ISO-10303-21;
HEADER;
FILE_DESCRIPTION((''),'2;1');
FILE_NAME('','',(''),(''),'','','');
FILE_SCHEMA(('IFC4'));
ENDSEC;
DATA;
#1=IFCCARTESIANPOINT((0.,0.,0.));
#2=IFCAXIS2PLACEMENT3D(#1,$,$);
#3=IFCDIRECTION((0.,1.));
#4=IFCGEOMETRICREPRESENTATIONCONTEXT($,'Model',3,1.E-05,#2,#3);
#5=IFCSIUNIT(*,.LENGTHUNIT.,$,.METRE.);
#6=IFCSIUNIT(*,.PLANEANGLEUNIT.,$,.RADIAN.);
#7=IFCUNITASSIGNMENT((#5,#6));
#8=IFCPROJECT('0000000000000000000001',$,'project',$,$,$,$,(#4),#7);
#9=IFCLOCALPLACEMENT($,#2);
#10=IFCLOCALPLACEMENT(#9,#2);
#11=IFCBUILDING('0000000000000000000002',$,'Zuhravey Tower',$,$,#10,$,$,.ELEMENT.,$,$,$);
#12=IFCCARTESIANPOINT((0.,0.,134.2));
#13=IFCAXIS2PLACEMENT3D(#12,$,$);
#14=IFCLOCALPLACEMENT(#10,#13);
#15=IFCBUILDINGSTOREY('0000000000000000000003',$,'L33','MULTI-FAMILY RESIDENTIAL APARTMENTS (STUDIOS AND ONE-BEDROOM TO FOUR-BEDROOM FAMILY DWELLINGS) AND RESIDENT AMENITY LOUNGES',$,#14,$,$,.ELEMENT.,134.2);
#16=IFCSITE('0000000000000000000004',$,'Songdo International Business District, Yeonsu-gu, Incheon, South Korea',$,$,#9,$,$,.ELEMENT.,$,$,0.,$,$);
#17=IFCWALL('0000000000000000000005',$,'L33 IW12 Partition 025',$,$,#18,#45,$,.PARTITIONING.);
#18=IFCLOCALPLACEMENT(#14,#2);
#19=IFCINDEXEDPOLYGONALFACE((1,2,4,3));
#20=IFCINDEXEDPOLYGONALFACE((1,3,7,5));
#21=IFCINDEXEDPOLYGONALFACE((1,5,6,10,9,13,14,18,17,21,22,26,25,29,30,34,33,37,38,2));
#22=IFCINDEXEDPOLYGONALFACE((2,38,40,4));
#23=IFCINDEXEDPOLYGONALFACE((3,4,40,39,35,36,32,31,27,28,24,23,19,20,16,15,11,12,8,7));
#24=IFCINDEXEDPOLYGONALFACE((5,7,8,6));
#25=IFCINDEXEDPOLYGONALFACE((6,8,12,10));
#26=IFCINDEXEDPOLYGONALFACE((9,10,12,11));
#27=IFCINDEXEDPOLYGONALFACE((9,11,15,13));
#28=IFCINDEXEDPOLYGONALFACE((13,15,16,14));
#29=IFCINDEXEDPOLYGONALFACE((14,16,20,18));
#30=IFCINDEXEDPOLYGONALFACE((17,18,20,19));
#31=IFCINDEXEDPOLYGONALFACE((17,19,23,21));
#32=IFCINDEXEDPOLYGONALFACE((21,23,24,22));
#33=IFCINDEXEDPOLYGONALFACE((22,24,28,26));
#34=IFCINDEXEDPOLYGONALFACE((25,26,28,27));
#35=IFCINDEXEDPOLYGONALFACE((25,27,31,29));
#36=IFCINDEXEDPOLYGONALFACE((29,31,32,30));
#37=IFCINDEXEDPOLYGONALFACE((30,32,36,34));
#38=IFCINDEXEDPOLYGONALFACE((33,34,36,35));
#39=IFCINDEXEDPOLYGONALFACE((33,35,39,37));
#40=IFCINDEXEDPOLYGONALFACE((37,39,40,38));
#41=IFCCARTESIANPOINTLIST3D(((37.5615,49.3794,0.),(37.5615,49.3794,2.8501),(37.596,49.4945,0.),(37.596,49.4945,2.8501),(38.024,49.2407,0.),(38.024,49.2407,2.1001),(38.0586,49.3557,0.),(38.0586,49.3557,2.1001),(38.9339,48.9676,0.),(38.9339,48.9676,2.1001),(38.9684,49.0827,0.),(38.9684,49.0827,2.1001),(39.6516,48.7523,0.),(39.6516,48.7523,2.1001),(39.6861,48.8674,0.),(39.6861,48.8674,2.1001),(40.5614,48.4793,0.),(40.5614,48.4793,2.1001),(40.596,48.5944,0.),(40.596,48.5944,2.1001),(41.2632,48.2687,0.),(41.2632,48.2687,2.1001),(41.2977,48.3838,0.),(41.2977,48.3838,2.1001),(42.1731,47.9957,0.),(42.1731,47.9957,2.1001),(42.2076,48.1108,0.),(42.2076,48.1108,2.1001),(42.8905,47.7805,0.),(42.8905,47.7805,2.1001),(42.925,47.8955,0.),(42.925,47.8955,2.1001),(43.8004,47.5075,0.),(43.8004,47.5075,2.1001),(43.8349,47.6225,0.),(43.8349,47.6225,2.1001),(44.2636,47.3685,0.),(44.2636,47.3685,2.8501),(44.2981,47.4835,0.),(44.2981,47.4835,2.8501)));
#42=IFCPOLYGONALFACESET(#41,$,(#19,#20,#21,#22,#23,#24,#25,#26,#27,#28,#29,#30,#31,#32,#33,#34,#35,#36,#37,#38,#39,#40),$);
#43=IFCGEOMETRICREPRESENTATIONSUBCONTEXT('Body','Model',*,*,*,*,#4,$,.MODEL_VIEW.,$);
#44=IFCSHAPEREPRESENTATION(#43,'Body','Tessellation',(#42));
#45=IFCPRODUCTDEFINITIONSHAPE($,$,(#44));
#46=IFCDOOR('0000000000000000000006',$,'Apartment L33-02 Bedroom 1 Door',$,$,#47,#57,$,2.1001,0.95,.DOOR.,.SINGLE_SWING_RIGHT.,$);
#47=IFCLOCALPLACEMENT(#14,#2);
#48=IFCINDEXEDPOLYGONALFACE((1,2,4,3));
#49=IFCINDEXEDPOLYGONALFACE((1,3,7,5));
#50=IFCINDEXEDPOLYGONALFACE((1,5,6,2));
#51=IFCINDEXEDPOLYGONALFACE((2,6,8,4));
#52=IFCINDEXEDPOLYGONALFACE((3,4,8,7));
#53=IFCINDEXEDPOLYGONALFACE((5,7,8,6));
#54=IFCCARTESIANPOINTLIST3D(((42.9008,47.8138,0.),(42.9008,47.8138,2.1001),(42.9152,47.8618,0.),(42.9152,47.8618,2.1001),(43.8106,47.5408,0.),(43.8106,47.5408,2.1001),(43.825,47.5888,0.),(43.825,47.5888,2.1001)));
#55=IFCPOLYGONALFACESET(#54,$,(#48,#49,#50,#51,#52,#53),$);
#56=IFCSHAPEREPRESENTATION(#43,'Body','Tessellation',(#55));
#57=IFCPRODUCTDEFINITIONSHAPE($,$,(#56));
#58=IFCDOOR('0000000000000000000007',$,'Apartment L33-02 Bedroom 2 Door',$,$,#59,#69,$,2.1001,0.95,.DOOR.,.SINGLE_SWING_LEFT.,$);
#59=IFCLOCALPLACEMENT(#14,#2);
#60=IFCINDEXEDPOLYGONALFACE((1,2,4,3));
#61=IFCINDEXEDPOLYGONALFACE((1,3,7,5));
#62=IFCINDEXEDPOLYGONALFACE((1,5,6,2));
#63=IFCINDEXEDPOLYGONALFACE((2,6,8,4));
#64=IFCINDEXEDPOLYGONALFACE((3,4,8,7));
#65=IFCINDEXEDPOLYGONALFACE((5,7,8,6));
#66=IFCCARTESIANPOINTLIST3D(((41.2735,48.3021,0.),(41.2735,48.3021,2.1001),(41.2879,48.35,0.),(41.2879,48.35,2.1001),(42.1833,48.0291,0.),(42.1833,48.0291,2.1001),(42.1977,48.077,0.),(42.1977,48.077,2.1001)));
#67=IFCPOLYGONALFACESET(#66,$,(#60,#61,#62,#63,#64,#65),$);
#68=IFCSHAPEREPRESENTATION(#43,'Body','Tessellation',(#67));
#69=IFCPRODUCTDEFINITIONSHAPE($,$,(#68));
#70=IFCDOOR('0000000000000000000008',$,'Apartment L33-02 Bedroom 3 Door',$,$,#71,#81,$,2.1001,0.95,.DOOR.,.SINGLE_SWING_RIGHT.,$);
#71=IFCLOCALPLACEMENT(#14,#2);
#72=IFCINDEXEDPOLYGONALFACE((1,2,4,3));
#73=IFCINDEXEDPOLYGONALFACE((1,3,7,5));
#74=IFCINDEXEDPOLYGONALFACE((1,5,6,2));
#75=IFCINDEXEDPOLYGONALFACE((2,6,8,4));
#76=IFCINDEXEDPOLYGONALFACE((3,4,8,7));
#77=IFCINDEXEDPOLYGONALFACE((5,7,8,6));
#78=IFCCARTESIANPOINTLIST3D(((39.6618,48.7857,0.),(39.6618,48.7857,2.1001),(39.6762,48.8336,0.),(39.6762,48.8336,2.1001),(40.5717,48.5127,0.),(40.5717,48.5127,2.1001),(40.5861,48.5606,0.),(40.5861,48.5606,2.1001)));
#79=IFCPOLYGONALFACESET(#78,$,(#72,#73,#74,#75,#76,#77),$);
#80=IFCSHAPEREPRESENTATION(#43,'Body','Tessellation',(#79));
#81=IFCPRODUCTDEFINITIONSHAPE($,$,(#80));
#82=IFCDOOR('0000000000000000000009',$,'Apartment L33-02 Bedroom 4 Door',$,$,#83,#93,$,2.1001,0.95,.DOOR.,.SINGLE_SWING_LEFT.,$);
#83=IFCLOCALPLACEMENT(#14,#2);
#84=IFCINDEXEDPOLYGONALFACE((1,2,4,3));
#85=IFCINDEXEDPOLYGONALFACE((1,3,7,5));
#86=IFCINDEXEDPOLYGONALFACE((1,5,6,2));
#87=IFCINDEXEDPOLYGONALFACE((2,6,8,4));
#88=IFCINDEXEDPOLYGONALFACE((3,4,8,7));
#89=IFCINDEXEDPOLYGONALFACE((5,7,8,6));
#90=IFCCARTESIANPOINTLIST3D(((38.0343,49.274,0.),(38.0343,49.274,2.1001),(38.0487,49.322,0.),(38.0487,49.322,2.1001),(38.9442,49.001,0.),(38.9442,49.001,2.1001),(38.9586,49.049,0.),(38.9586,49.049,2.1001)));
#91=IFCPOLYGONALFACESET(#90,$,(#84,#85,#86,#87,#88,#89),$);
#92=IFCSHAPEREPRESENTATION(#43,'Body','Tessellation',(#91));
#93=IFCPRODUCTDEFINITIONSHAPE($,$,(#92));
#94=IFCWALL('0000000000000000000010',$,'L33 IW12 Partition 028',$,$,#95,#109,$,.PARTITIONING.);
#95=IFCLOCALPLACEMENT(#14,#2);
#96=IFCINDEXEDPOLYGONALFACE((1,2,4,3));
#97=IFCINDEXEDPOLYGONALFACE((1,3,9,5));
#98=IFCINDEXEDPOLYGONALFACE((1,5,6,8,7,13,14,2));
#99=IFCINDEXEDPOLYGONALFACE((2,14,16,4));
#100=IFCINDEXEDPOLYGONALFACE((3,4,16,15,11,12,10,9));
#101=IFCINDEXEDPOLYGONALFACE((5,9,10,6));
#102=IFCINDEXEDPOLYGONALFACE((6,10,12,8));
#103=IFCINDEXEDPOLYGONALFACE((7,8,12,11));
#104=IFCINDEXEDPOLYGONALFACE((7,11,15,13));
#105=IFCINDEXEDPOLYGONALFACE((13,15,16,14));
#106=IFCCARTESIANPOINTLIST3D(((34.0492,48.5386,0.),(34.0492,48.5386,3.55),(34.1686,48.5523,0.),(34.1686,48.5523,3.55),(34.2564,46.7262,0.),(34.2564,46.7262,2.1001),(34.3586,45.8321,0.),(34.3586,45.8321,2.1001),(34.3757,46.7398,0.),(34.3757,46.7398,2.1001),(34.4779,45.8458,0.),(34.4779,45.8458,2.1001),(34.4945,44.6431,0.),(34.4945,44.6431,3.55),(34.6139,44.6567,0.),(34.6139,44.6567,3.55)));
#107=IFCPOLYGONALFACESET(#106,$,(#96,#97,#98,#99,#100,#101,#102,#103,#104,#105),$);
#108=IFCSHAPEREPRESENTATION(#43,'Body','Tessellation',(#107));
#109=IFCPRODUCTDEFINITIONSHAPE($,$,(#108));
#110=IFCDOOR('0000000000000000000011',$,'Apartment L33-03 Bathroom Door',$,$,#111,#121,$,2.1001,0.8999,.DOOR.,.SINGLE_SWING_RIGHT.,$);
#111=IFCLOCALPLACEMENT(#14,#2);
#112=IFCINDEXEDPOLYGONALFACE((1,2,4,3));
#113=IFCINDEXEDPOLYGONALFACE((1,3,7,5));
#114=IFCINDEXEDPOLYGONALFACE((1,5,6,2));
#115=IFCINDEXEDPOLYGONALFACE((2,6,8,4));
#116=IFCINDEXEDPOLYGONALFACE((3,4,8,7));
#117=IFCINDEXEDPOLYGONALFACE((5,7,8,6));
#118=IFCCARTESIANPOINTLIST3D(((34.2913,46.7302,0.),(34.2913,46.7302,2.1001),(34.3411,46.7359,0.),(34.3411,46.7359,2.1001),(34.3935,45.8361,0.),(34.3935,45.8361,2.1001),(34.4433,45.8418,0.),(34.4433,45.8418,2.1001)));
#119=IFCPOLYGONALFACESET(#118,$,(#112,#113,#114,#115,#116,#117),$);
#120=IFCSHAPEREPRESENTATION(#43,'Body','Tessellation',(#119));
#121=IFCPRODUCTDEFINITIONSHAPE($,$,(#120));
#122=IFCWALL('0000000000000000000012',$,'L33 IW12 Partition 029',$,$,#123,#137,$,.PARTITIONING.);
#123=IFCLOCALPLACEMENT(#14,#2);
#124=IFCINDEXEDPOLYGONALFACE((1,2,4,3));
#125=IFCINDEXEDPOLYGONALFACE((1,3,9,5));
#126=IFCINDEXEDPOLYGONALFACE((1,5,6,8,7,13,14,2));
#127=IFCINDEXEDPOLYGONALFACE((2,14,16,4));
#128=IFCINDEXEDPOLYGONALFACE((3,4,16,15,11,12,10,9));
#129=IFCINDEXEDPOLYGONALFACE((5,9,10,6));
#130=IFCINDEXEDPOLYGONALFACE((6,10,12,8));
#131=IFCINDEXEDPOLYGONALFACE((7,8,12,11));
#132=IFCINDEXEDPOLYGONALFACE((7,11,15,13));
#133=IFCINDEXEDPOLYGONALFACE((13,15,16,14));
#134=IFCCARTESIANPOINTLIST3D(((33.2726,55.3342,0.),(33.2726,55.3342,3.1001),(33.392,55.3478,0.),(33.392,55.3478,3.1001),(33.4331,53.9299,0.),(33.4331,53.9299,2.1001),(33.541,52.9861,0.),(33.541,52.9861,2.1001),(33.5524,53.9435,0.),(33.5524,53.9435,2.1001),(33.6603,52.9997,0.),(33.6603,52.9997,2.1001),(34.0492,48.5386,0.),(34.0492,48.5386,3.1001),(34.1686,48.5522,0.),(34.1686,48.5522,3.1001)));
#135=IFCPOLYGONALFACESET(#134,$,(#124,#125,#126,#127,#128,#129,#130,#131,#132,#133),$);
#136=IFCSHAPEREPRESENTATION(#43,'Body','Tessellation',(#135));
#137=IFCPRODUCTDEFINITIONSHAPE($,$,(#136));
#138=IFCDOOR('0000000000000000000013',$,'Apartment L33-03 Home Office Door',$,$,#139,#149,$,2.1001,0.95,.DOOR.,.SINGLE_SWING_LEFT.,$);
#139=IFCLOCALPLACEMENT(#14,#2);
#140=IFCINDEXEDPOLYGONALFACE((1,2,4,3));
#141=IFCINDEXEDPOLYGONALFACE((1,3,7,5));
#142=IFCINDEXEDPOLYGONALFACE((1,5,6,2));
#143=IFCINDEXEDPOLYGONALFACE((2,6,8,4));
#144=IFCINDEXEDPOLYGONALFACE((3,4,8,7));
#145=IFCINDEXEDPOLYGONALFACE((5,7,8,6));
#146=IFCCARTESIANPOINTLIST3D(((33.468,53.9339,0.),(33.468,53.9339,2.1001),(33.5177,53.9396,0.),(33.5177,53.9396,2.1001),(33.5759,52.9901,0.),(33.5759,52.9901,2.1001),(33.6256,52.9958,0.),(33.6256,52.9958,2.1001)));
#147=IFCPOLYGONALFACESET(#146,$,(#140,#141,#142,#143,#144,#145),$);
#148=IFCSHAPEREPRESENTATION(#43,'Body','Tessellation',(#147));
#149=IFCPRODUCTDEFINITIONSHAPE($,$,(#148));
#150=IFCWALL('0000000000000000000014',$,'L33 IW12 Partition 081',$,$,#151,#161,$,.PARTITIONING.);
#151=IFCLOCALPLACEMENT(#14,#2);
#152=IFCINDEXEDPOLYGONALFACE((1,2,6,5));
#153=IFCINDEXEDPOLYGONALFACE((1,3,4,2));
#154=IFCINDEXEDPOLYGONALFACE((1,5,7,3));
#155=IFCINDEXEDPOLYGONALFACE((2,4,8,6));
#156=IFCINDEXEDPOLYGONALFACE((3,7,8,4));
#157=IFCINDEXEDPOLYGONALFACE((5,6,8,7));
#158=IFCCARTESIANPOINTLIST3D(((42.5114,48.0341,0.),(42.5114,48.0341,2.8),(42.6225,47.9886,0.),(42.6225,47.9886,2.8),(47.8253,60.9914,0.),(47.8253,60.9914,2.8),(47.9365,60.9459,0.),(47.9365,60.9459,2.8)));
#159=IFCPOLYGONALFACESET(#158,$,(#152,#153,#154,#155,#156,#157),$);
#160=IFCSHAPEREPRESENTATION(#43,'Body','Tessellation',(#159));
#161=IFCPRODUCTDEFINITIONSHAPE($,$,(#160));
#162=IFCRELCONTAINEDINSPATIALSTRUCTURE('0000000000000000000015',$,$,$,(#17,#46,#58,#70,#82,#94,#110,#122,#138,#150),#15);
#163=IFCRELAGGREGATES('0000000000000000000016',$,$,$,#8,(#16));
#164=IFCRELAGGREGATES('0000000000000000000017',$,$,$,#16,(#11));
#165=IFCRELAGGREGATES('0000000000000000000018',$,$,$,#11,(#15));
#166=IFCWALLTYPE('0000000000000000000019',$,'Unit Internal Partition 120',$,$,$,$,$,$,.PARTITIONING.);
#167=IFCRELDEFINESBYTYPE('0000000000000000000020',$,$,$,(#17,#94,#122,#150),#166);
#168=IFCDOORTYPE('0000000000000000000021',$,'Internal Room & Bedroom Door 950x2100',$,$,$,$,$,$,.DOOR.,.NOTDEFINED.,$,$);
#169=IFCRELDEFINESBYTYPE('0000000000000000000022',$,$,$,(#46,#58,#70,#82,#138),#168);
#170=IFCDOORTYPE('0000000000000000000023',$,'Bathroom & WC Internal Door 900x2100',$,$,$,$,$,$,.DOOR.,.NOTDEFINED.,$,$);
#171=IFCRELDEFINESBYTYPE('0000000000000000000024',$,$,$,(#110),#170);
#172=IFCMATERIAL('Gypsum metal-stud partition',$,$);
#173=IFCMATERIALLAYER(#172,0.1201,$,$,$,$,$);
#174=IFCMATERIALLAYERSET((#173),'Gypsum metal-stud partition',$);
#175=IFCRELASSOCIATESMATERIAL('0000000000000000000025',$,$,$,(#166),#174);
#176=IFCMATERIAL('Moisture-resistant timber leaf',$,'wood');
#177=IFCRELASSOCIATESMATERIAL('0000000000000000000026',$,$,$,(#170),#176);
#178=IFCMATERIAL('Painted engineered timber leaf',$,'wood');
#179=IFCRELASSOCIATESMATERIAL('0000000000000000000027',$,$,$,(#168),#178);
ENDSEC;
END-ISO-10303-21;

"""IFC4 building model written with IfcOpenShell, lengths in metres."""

from ifc_helpers import new_model, si_unit, direction, frame, frame_2d, origin, place, context, subcontext, project, spatial, rectangle, extrude, material, layer, layer_set, type_object, element, fill, save


model = new_model("IFC4")

# Units and contexts
model_context = context("Model", 3, precision=1e-05, world=origin(), true_north=direction((0.0, 1.0)))
body_context = subcontext(model_context, "Body", "Model", "MODEL_VIEW")
ifc_project = project(units=[si_unit("LENGTHUNIT", "METRE"), si_unit("PLANEANGLEUNIT", "RADIAN")], contexts=[model_context])

# Site, building, storey
site_placement = place(None, origin())
site = spatial("IfcSite", under=ifc_project, at=site_placement, Name="Songdo International Business District, Yeonsu-gu, Incheon, South Korea", CompositionType="ELEMENT", RefElevation=0.0)
building_placement = place(site_placement, origin())
building = spatial("IfcBuilding", under=site, at=building_placement, Name="Zuhravey Tower", CompositionType="ELEMENT")
storey_placement = place(building_placement, frame((0.0, 0.0, 134.2)))
storey = spatial("IfcBuildingStorey", under=building, at=storey_placement, Name="L33", Description="MULTI-FAMILY RESIDENTIAL APARTMENTS (STUDIOS AND ONE-BEDROOM TO FOUR-BEDROOM FAMILY DWELLINGS) AND RESIDENT AMENITY LOUNGES", CompositionType="ELEMENT", Elevation=134.2)

# Wall, openings, doors
ifc_material_1 = material(Name="Gypsum metal-stud partition")
ifc_layer_1 = layer(ifc_material_1, 0.1201)
ifc_layer_set_1 = layer_set([ifc_layer_1], Name="Gypsum metal-stud partition")
wall_type_1 = type_object("IfcWallType", Name="Unit Internal Partition 120", PredefinedType="PARTITIONING", material=ifc_layer_set_1)
ifc_material_2 = material(Name="Moisture-resistant timber leaf", Category="wood")
door_type_1 = type_object("IfcDoorType", Name="Bathroom & WC Internal Door 900x2100", OperationType="NOTDEFINED", PredefinedType="DOOR", material=ifc_material_2)
ifc_material_3 = material(Name="Painted engineered timber leaf", Category="wood")
door_type_2 = type_object("IfcDoorType", Name="Internal Room & Bedroom Door 950x2100", OperationType="NOTDEFINED", PredefinedType="DOOR", material=ifc_material_3)
wall_1_placement = place(storey_placement, frame((44.2808, 47.426, 0.0), z_axis=(0.0, 0.0, 1.0), x_axis=(-0.957813, 0.287393, 0.0)))
wall_1 = element("IfcWall", 1, at=wall_1_placement, inside=storey, type_object=wall_type_1, Name="L33 IW12 Partition 025", PredefinedType="PARTITIONING", context=body_context, shape_type="SweptSolid", body=[
    extrude(rectangle(XDim=6.9973, YDim=0.1201, at=frame_2d((3.4985, 0.0))), origin(), (0.0, 0.0, 1.0), 2.8501),
])
opening_1_placement = place(wall_1_placement, frame((0.4834, 0.0, 0.0)))
opening_1 = element("IfcOpeningElement", 2, at=opening_1_placement, cuts=wall_1, PredefinedType="OPENING", context=body_context, shape_type="SweptSolid", body=[
    extrude(rectangle(XDim=0.95, YDim=2.1001, at=frame_2d((0.4751, 1.05))), frame((0.0, 0.072, 0.0), z_axis=(0.0, -1.0, 0.0), x_axis=(1.0, 0.0, 0.0)), (0.0, 0.0, 1.0), 0.144),
])
opening_2_placement = place(wall_1_placement, frame((2.1824, 0.0, 0.0)))
opening_2 = element("IfcOpeningElement", 3, at=opening_2_placement, cuts=wall_1, PredefinedType="OPENING", context=body_context, shape_type="SweptSolid", body=[
    extrude(rectangle(XDim=0.95, YDim=2.1001, at=frame_2d((0.4751, 1.05))), frame((0.0, 0.072, 0.0), z_axis=(0.0, -1.0, 0.0), x_axis=(1.0, 0.0, 0.0)), (0.0, 0.0, 1.0), 0.144),
])
opening_3_placement = place(wall_1_placement, frame((3.865, 0.0, 0.0)))
opening_3 = element("IfcOpeningElement", 4, at=opening_3_placement, cuts=wall_1, PredefinedType="OPENING", context=body_context, shape_type="SweptSolid", body=[
    extrude(rectangle(XDim=0.95, YDim=2.1001, at=frame_2d((0.4751, 1.05))), frame((0.0, 0.072, 0.0), z_axis=(0.0, -1.0, 0.0), x_axis=(1.0, 0.0, 0.0)), (0.0, 0.0, 1.0), 0.144),
])
opening_4_placement = place(wall_1_placement, frame((5.5642, 0.0, 0.0)))
opening_4 = element("IfcOpeningElement", 5, at=opening_4_placement, cuts=wall_1, PredefinedType="OPENING", context=body_context, shape_type="SweptSolid", body=[
    extrude(rectangle(XDim=0.95, YDim=2.1001, at=frame_2d((0.4751, 1.05))), frame((0.0, 0.072, 0.0), z_axis=(0.0, -1.0, 0.0), x_axis=(1.0, 0.0, 0.0)), (0.0, 0.0, 1.0), 0.144),
])
door_1_placement = place(opening_1_placement, frame((0.95, 0.0, 0.0), z_axis=(0.0, 0.0, 1.0), x_axis=(-1.0, 0.0, 0.0)))
door_1 = element("IfcDoor", 6, at=door_1_placement, inside=storey, type_object=door_type_2, Name="Apartment L33-02 Bedroom 1 Door", OperationType="SINGLE_SWING_RIGHT", OverallHeight=2.1001, OverallWidth=0.95, PredefinedType="DOOR", context=body_context, shape_type="SweptSolid", body=[
    extrude(rectangle(XDim=0.95, YDim=2.1001, at=frame_2d((0.4751, 1.05))), frame((0.0, 0.0249, 0.0), z_axis=(0.0, -1.0, 0.0), x_axis=(1.0, 0.0, 0.0)), (0.0, 0.0, 1.0), 0.05),
])
fill(opening_1, door_1)
door_2_placement = place(opening_2_placement, frame((0.95, 0.0, 0.0), z_axis=(0.0, 0.0, 1.0), x_axis=(-1.0, 0.0, 0.0)))
door_2 = element("IfcDoor", 7, at=door_2_placement, inside=storey, type_object=door_type_2, Name="Apartment L33-02 Bedroom 2 Door", OperationType="SINGLE_SWING_LEFT", OverallHeight=2.1001, OverallWidth=0.95, PredefinedType="DOOR", context=body_context, shape_type="SweptSolid", body=[
    extrude(rectangle(XDim=0.95, YDim=2.1001, at=frame_2d((0.4751, 1.05))), frame((0.0, 0.0249, 0.0), z_axis=(0.0, -1.0, 0.0), x_axis=(1.0, 0.0, 0.0)), (0.0, 0.0, 1.0), 0.05),
])
fill(opening_2, door_2)
door_3_placement = place(opening_3_placement, frame((0.95, 0.0, 0.0), z_axis=(0.0, 0.0, 1.0), x_axis=(-1.0, 0.0, 0.0)))
door_3 = element("IfcDoor", 8, at=door_3_placement, inside=storey, type_object=door_type_2, Name="Apartment L33-02 Bedroom 3 Door", OperationType="SINGLE_SWING_RIGHT", OverallHeight=2.1001, OverallWidth=0.95, PredefinedType="DOOR", context=body_context, shape_type="SweptSolid", body=[
    extrude(rectangle(XDim=0.95, YDim=2.1001, at=frame_2d((0.4751, 1.05))), frame((0.0, 0.0249, 0.0), z_axis=(0.0, -1.0, 0.0), x_axis=(1.0, 0.0, 0.0)), (0.0, 0.0, 1.0), 0.05),
])
fill(opening_3, door_3)
door_4_placement = place(opening_4_placement, frame((0.95, 0.0, 0.0), z_axis=(0.0, 0.0, 1.0), x_axis=(-1.0, 0.0, 0.0)))
door_4 = element("IfcDoor", 9, at=door_4_placement, inside=storey, type_object=door_type_2, Name="Apartment L33-02 Bedroom 4 Door", OperationType="SINGLE_SWING_LEFT", OverallHeight=2.1001, OverallWidth=0.95, PredefinedType="DOOR", context=body_context, shape_type="SweptSolid", body=[
    extrude(rectangle(XDim=0.95, YDim=2.1001, at=frame_2d((0.4751, 1.05))), frame((0.0, 0.0249, 0.0), z_axis=(0.0, -1.0, 0.0), x_axis=(1.0, 0.0, 0.0)), (0.0, 0.0, 1.0), 0.05),
])
fill(opening_4, door_4)

# Walls, openings, doors
wall_2_placement = place(storey_placement, frame((34.5542, 44.6499, 0.0), z_axis=(0.0, 0.0, 1.0), x_axis=(-0.113575, 0.993529, 0.0)))
wall_2 = element("IfcWall", 10, at=wall_2_placement, inside=storey, type_object=wall_type_1, Name="L33 IW12 Partition 028", PredefinedType="PARTITIONING", context=body_context, shape_type="SweptSolid", body=[
    extrude(rectangle(XDim=3.9209, YDim=0.1201, at=frame_2d((1.9604, 0.0))), origin(), (0.0, 0.0, 1.0), 3.55),
])
opening_5_placement = place(wall_2_placement, frame((1.1968, 0.0, 0.0)))
opening_5 = element("IfcOpeningElement", 11, at=opening_5_placement, cuts=wall_2, PredefinedType="OPENING", context=body_context, shape_type="SweptSolid", body=[
    extrude(rectangle(XDim=0.8999, YDim=2.1001, at=frame_2d((0.45, 1.05))), frame((0.0, 0.072, 0.0), z_axis=(0.0, -1.0, 0.0), x_axis=(1.0, 0.0, 0.0)), (0.0, 0.0, 1.0), 0.144),
])
door_5_placement = place(opening_5_placement, origin())
door_5 = element("IfcDoor", 12, at=door_5_placement, inside=storey, type_object=door_type_1, Name="Apartment L33-03 Bathroom Door", OperationType="SINGLE_SWING_RIGHT", OverallHeight=2.1001, OverallWidth=0.8999, PredefinedType="DOOR", context=body_context, shape_type="SweptSolid", body=[
    extrude(rectangle(XDim=0.8999, YDim=2.1001, at=frame_2d((0.45, 1.05))), frame((0.0, 0.0249, 0.0), z_axis=(0.0, -1.0, 0.0), x_axis=(1.0, 0.0, 0.0)), (0.0, 0.0, 1.0), 0.05),
])
fill(opening_5, door_5)
wall_3_placement = place(storey_placement, frame((34.1089, 48.5454, 0.0), z_axis=(0.0, 0.0, 1.0), x_axis=(-0.113542, 0.993533, 0.0)))
wall_3 = element("IfcWall", 13, at=wall_3_placement, inside=storey, type_object=wall_type_1, Name="L33 IW12 Partition 029", PredefinedType="PARTITIONING", context=body_context, shape_type="SweptSolid", body=[
    extrude(rectangle(XDim=6.8398, YDim=0.1201, at=frame_2d((3.4199, 0.0))), origin(), (0.0, 0.0, 1.0), 3.1001),
])
opening_6_placement = place(wall_3_placement, frame((4.4763, 0.0, 0.0)))
opening_6 = element("IfcOpeningElement", 14, at=opening_6_placement, cuts=wall_3, PredefinedType="OPENING", context=body_context, shape_type="SweptSolid", body=[
    extrude(rectangle(XDim=0.95, YDim=2.1001, at=frame_2d((0.4751, 1.05))), frame((0.0, 0.072, 0.0), z_axis=(0.0, -1.0, 0.0), x_axis=(1.0, 0.0, 0.0)), (0.0, 0.0, 1.0), 0.144),
])
door_6_placement = place(opening_6_placement, origin())
door_6 = element("IfcDoor", 15, at=door_6_placement, inside=storey, type_object=door_type_2, Name="Apartment L33-03 Home Office Door", OperationType="SINGLE_SWING_LEFT", OverallHeight=2.1001, OverallWidth=0.95, PredefinedType="DOOR", context=body_context, shape_type="SweptSolid", body=[
    extrude(rectangle(XDim=0.95, YDim=2.1001, at=frame_2d((0.4751, 1.05))), frame((0.0, 0.0249, 0.0), z_axis=(0.0, -1.0, 0.0), x_axis=(1.0, 0.0, 0.0)), (0.0, 0.0, 1.0), 0.05),
])
fill(opening_6, door_6)

# Wall
wall_4_placement = place(storey_placement, frame((42.5669, 48.0112, 0.0), z_axis=(0.0, 0.0, 1.0), x_axis=(0.379444, 0.925215, 0.0)))
element("IfcWall", 16, at=wall_4_placement, inside=storey, type_object=wall_type_1, Name="L33 IW12 Partition 081", PredefinedType="PARTITIONING", context=body_context, shape_type="SweptSolid", body=[
    extrude(rectangle(XDim=14.0046, YDim=0.1201, at=frame_2d((7.0024, 0.0))), origin(), (0.0, 0.0, 1.0), 2.8),
])

save(model, "model.ifc")
